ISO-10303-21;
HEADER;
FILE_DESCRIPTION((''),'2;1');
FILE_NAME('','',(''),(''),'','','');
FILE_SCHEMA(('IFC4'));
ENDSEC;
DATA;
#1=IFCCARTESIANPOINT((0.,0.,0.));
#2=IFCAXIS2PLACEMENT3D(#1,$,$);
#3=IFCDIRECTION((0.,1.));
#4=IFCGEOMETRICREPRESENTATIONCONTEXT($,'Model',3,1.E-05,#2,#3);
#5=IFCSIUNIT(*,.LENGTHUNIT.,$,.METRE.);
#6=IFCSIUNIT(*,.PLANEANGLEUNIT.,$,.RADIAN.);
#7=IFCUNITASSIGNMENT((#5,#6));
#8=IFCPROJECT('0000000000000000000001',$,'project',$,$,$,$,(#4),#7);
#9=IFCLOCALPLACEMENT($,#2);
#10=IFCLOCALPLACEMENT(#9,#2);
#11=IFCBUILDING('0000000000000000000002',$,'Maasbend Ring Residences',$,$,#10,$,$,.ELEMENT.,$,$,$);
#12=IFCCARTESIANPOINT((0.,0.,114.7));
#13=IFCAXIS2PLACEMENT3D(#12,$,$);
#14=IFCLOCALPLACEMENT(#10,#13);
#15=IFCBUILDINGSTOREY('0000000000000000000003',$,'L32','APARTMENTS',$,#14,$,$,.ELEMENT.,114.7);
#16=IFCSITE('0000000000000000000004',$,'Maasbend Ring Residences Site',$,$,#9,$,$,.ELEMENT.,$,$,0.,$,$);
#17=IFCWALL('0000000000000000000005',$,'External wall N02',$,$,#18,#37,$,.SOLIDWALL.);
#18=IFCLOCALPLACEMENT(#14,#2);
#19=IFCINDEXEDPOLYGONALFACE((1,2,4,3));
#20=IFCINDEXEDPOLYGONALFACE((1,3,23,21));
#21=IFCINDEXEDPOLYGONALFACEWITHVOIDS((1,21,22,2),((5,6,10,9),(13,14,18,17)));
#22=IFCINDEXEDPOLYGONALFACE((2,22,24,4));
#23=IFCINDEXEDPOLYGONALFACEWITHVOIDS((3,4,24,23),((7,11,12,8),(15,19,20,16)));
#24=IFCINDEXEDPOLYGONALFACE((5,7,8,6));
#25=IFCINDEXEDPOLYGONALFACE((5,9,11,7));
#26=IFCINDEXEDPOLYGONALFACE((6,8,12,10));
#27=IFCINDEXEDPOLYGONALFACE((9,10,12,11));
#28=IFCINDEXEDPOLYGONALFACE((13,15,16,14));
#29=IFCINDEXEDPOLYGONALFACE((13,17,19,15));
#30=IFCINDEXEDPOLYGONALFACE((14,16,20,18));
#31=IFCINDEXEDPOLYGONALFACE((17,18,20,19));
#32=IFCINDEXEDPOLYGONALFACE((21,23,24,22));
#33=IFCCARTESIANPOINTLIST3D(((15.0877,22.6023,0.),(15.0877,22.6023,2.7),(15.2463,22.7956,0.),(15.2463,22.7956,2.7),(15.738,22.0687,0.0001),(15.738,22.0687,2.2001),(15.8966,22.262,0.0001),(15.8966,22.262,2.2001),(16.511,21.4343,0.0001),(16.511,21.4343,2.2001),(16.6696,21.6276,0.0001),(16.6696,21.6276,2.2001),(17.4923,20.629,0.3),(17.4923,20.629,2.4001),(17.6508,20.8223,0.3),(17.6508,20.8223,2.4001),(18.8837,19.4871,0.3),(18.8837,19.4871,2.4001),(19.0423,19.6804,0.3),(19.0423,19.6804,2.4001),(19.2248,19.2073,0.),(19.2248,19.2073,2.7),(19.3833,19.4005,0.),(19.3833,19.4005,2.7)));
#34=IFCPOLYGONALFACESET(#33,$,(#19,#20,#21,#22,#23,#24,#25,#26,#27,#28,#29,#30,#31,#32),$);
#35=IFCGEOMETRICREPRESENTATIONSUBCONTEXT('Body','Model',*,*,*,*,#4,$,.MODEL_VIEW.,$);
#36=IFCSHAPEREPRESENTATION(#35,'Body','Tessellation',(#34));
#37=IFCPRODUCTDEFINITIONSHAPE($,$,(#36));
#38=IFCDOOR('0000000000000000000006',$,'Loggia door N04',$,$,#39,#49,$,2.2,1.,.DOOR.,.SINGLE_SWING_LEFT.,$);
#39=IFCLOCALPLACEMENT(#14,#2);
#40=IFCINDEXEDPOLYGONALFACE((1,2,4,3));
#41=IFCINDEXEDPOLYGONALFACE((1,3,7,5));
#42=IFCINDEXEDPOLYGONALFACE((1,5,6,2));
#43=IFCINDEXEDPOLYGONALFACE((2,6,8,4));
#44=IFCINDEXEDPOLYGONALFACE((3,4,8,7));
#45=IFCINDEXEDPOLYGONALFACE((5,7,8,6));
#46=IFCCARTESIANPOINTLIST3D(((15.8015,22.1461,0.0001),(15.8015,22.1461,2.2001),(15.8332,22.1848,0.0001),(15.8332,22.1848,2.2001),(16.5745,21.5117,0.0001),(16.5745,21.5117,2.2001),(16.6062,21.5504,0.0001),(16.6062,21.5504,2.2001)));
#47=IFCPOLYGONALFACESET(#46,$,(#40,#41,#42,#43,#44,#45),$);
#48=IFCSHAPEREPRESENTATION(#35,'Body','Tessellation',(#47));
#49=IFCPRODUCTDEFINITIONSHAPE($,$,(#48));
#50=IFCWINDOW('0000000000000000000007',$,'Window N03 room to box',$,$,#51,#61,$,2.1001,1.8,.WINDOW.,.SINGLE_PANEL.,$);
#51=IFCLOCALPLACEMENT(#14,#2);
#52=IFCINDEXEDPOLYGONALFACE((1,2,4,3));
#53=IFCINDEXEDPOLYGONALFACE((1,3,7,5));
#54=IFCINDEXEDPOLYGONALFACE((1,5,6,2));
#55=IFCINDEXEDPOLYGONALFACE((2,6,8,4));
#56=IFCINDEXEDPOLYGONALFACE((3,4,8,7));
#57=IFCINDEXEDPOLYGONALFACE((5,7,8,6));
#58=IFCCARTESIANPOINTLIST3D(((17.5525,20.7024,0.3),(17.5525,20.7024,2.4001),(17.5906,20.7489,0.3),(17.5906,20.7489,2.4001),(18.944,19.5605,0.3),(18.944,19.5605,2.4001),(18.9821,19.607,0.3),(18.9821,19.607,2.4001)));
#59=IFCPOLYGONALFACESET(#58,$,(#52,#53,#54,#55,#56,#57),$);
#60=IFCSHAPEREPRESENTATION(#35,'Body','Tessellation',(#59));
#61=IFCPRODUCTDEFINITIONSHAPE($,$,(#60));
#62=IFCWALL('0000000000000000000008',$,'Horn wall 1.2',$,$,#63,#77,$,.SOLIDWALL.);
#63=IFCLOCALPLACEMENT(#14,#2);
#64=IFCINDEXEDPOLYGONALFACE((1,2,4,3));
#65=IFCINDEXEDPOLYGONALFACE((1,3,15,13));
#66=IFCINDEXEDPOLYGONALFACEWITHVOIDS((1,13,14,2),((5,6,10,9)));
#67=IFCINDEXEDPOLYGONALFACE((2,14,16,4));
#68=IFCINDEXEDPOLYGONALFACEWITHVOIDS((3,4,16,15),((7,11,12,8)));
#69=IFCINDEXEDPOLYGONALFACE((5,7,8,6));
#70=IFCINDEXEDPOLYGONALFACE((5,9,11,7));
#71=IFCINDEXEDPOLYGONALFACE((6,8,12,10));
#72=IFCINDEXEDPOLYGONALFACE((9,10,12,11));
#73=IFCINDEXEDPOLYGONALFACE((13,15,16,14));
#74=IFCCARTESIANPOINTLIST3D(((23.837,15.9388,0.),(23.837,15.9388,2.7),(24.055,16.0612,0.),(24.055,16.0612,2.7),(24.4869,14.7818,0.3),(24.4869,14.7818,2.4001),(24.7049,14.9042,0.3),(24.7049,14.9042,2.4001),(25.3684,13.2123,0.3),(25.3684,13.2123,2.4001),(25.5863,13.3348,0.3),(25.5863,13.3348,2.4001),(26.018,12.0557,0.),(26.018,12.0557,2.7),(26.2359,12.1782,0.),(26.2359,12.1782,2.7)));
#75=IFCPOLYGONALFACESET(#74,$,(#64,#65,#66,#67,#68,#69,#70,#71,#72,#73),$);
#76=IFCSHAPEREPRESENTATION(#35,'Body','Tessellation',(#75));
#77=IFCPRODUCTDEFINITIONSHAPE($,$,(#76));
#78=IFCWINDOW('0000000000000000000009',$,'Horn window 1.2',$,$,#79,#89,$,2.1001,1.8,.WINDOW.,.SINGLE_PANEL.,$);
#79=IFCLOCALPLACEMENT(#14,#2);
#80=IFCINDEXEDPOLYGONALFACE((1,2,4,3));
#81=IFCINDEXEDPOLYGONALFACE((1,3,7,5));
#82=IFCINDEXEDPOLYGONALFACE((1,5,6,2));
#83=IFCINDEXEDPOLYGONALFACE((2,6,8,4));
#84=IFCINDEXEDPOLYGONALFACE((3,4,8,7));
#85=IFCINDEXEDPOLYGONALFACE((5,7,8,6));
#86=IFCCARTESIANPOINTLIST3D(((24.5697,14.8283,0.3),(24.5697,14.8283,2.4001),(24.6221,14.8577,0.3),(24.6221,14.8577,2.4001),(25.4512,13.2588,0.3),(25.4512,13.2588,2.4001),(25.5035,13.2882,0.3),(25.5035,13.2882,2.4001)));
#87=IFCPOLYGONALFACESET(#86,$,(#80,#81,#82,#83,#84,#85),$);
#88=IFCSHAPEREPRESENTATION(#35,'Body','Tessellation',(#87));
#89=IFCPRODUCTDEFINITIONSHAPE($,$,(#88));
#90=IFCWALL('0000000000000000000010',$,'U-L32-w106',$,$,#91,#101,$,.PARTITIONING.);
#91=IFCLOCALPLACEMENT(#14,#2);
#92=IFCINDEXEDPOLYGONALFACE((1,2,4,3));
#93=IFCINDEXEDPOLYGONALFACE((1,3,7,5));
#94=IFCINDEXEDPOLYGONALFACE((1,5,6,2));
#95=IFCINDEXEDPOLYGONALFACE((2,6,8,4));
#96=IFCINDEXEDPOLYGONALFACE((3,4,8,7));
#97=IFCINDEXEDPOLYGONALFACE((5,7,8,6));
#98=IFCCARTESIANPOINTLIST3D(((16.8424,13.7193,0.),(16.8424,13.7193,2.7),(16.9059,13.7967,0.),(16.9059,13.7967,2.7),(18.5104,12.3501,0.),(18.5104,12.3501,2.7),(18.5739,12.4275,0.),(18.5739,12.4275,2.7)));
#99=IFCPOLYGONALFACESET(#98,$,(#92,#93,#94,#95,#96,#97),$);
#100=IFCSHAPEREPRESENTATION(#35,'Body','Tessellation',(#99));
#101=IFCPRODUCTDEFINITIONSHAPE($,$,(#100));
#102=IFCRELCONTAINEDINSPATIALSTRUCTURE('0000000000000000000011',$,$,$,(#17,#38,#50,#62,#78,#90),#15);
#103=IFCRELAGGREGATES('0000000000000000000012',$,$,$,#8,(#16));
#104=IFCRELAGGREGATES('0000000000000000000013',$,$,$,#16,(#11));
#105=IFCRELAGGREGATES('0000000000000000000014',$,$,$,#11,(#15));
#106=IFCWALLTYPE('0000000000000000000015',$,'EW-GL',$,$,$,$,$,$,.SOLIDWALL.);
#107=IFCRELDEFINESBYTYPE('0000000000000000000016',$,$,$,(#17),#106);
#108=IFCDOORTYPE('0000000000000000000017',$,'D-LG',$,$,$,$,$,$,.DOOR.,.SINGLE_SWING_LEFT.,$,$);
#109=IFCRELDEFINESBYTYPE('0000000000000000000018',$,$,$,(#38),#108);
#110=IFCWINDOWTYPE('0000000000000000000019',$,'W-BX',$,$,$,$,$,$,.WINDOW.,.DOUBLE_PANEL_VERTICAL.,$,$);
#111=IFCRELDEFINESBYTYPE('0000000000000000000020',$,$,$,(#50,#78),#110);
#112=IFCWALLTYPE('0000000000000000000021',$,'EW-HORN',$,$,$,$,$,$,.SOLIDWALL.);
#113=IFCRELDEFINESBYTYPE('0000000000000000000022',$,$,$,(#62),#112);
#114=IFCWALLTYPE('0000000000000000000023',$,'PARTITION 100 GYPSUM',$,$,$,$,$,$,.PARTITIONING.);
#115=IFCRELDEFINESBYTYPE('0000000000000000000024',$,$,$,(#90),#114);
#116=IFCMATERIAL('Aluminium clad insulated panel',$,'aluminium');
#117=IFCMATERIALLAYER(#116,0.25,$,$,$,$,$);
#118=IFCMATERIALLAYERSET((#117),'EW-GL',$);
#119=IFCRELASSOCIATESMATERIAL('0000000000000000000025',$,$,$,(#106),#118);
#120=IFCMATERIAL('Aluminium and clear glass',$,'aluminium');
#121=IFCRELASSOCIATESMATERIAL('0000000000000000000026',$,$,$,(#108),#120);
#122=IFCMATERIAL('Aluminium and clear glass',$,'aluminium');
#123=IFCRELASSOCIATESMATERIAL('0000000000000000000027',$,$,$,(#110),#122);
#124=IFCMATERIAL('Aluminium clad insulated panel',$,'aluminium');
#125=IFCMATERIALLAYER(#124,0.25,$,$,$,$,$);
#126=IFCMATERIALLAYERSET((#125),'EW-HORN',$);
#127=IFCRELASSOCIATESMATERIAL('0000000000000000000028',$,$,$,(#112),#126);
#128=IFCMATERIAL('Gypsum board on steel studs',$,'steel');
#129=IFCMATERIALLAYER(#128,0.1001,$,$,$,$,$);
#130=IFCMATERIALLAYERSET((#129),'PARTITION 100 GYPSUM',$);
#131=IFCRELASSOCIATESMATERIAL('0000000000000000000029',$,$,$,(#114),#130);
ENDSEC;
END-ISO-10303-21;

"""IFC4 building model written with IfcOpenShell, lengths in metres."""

from ifc_helpers import new_model, si_unit, direction, frame, frame_2d, origin, place, context, subcontext, project, spatial, rectangle, extrude, material, layer, layer_set, type_object, element, fill, save


model = new_model("IFC4")

# Units and contexts
model_context = context("Model", 3, precision=1e-05, world=origin(), true_north=direction((0.0, 1.0)))
body_context = subcontext(model_context, "Body", "Model", "MODEL_VIEW")
ifc_project = project(units=[si_unit("LENGTHUNIT", "METRE"), si_unit("PLANEANGLEUNIT", "RADIAN")], contexts=[model_context])

# Site, building, storey
site_placement = place(None, origin())
site = spatial("IfcSite", under=ifc_project, at=site_placement, Name="Maasbend Ring Residences Site", CompositionType="ELEMENT", RefElevation=0.0)
building_placement = place(site_placement, origin())
building = spatial("IfcBuilding", under=site, at=building_placement, Name="Maasbend Ring Residences", CompositionType="ELEMENT")
storey_placement = place(building_placement, frame((0.0, 0.0, 114.7)))
storey = spatial("IfcBuildingStorey", under=building, at=storey_placement, Name="L32", Description="APARTMENTS", CompositionType="ELEMENT", Elevation=114.7)

# Wall, openings, door, window
ifc_material_1 = material(Name="Aluminium clad insulated panel", Category="aluminium")
ifc_layer_1 = layer(ifc_material_1, 0.25)
ifc_layer_set_1 = layer_set([ifc_layer_1], Name="EW-GL")
wall_type_1 = type_object("IfcWallType", Name="EW-GL", PredefinedType="SOLIDWALL", material=ifc_layer_set_1)
ifc_material_2 = material(Name="Aluminium and clear glass", Category="aluminium")
door_type = type_object("IfcDoorType", Name="D-LG", OperationType="SINGLE_SWING_LEFT", PredefinedType="DOOR", material=ifc_material_2)
ifc_material_3 = material(Name="Aluminium and clear glass", Category="aluminium")
window_type_1 = type_object("IfcWindowType", Name="W-BX", PartitioningType="DOUBLE_PANEL_VERTICAL", PredefinedType="WINDOW", material=ifc_material_3)
wall_1_placement = place(storey_placement, frame((19.304, 19.304, 0.0), z_axis=(0.0, 0.0, 1.0), x_axis=(-0.773019, 0.634382, 0.0)))
wall_1 = element("IfcWall", 1, at=wall_1_placement, inside=storey, type_object=wall_type_1, Name="External wall N02", PredefinedType="SOLIDWALL", context=body_context, shape_type="SweptSolid", body=[
    extrude(rectangle(XDim=5.3518, YDim=0.25, at=frame_2d((2.6758, 0.0))), origin(), (0.0, 0.0, 1.0), 2.7),
])
opening_1_placement = place(wall_1_placement, frame((0.4412, 0.0, 0.3)))
opening_1 = element("IfcOpeningElement", 2, at=opening_1_placement, cuts=wall_1, PredefinedType="OPENING", context=body_context, shape_type="SweptSolid", body=[
    extrude(rectangle(XDim=1.8, YDim=2.1001, at=frame_2d((0.8999, 1.05))), frame((0.0, 0.135, 0.0), z_axis=(0.0, -1.0, 0.0), x_axis=(1.0, 0.0, 0.0)), (0.0, 0.0, 1.0), 0.27),
])
opening_2_placement = place(wall_1_placement, frame((3.5105, 0.0, 0.0)))
opening_2 = element("IfcOpeningElement", 3, at=opening_2_placement, cuts=wall_1, PredefinedType="OPENING", context=body_context, shape_type="SweptSolid", body=[
    extrude(rectangle(XDim=1.0, YDim=2.2, at=frame_2d((0.5, 1.1001))), frame((0.0, 0.135, 0.0), z_axis=(0.0, -1.0, 0.0), x_axis=(1.0, 0.0, 0.0)), (0.0, 0.0, 1.0), 0.27),
])
door_1_placement = place(opening_2_placement, origin())
door_1 = element("IfcDoor", 4, at=door_1_placement, inside=storey, type_object=door_type, Name="Loggia door N04", OperationType="SINGLE_SWING_LEFT", OverallHeight=2.2, OverallWidth=1.0, PredefinedType="DOOR", context=body_context, shape_type="SweptSolid", body=[
    extrude(rectangle(XDim=1.0, YDim=2.2, at=frame_2d((0.5, 1.1001))), frame((0.0, 0.0249, 0.0), z_axis=(0.0, -1.0, 0.0), x_axis=(1.0, 0.0, 0.0)), (0.0, 0.0, 1.0), 0.05),
])
fill(opening_2, door_1)
window_1_placement = place(opening_1_placement, origin())
window_1 = element("IfcWindow", 5, at=window_1_placement, inside=storey, type_object=window_type_1, Name="Window N03 room to box", OverallHeight=2.1001, OverallWidth=1.8, PartitioningType="SINGLE_PANEL", PredefinedType="WINDOW", context=body_context, shape_type="SweptSolid", body=[
    extrude(rectangle(XDim=1.8, YDim=2.1001, at=frame_2d((0.8999, 1.05))), frame((0.0, 0.03, 0.0), z_axis=(0.0, -1.0, 0.0), x_axis=(1.0, 0.0, 0.0)), (0.0, 0.0, 1.0), 0.0601),
])
fill(opening_1, window_1)

# Wall, opening, window
ifc_material_4 = material(Name="Aluminium clad insulated panel", Category="aluminium")
ifc_layer_2 = layer(ifc_material_4, 0.25)
ifc_layer_set_2 = layer_set([ifc_layer_2], Name="EW-HORN")
wall_type_2 = type_object("IfcWallType", Name="EW-HORN", PredefinedType="SOLIDWALL", material=ifc_layer_set_2)
wall_2_placement = place(storey_placement, frame((26.127, 12.1169, 0.0), z_axis=(0.0, 0.0, 1.0), x_axis=(-0.489696, 0.871893, 0.0)))
wall_2 = element("IfcWall", 6, at=wall_2_placement, inside=storey, type_object=wall_type_2, Name="Horn wall 1.2", PredefinedType="SOLIDWALL", context=body_context, shape_type="SweptSolid", body=[
    extrude(rectangle(XDim=4.4536, YDim=0.25, at=frame_2d((2.2268, 0.0))), origin(), (0.0, 0.0, 1.0), 2.7),
])
opening_3_placement = place(wall_2_placement, frame((1.3267, 0.0, 0.3)))
opening_3 = element("IfcOpeningElement", 7, at=opening_3_placement, cuts=wall_2, PredefinedType="OPENING", context=body_context, shape_type="SweptSolid", body=[
    extrude(rectangle(XDim=1.8, YDim=2.1001, at=frame_2d((0.8999, 1.05))), frame((0.0, 0.135, 0.0), z_axis=(0.0, -1.0, 0.0), x_axis=(1.0, 0.0, 0.0)), (0.0, 0.0, 1.0), 0.27),
])
window_2_placement = place(opening_3_placement, origin())
window_2 = element("IfcWindow", 8, at=window_2_placement, inside=storey, type_object=window_type_1, Name="Horn window 1.2", OverallHeight=2.1001, OverallWidth=1.8, PartitioningType="SINGLE_PANEL", PredefinedType="WINDOW", context=body_context, shape_type="SweptSolid", body=[
    extrude(rectangle(XDim=1.8, YDim=2.1001, at=frame_2d((0.8999, 1.05))), frame((0.0, 0.03, 0.0), z_axis=(0.0, -1.0, 0.0), x_axis=(1.0, 0.0, 0.0)), (0.0, 0.0, 1.0), 0.0601),
])
fill(opening_3, window_2)

# Wall
ifc_material_5 = material(Name="Gypsum board on steel studs", Category="steel")
ifc_layer_3 = layer(ifc_material_5, 0.1001)
ifc_layer_set_3 = layer_set([ifc_layer_3], Name="PARTITION 100 GYPSUM")
wall_type_3 = type_object("IfcWallType", Name="PARTITION 100 GYPSUM", PredefinedType="PARTITIONING", material=ifc_layer_set_3)
wall_3_placement = place(storey_placement, frame((16.874, 13.7581, 0.0), z_axis=(0.0, 0.0, 1.0), x_axis=(0.772948, -0.634469, 0.0)))
element("IfcWall", 9, at=wall_3_placement, inside=storey, type_object=wall_type_3, Name="U-L32-w106", PredefinedType="PARTITIONING", context=body_context, shape_type="SweptSolid", body=[
    extrude(rectangle(XDim=2.158, YDim=0.1001, at=frame_2d((1.0791, 0.0))), origin(), (0.0, 0.0, 1.0), 2.7),
])

save(model, "model.ifc")
